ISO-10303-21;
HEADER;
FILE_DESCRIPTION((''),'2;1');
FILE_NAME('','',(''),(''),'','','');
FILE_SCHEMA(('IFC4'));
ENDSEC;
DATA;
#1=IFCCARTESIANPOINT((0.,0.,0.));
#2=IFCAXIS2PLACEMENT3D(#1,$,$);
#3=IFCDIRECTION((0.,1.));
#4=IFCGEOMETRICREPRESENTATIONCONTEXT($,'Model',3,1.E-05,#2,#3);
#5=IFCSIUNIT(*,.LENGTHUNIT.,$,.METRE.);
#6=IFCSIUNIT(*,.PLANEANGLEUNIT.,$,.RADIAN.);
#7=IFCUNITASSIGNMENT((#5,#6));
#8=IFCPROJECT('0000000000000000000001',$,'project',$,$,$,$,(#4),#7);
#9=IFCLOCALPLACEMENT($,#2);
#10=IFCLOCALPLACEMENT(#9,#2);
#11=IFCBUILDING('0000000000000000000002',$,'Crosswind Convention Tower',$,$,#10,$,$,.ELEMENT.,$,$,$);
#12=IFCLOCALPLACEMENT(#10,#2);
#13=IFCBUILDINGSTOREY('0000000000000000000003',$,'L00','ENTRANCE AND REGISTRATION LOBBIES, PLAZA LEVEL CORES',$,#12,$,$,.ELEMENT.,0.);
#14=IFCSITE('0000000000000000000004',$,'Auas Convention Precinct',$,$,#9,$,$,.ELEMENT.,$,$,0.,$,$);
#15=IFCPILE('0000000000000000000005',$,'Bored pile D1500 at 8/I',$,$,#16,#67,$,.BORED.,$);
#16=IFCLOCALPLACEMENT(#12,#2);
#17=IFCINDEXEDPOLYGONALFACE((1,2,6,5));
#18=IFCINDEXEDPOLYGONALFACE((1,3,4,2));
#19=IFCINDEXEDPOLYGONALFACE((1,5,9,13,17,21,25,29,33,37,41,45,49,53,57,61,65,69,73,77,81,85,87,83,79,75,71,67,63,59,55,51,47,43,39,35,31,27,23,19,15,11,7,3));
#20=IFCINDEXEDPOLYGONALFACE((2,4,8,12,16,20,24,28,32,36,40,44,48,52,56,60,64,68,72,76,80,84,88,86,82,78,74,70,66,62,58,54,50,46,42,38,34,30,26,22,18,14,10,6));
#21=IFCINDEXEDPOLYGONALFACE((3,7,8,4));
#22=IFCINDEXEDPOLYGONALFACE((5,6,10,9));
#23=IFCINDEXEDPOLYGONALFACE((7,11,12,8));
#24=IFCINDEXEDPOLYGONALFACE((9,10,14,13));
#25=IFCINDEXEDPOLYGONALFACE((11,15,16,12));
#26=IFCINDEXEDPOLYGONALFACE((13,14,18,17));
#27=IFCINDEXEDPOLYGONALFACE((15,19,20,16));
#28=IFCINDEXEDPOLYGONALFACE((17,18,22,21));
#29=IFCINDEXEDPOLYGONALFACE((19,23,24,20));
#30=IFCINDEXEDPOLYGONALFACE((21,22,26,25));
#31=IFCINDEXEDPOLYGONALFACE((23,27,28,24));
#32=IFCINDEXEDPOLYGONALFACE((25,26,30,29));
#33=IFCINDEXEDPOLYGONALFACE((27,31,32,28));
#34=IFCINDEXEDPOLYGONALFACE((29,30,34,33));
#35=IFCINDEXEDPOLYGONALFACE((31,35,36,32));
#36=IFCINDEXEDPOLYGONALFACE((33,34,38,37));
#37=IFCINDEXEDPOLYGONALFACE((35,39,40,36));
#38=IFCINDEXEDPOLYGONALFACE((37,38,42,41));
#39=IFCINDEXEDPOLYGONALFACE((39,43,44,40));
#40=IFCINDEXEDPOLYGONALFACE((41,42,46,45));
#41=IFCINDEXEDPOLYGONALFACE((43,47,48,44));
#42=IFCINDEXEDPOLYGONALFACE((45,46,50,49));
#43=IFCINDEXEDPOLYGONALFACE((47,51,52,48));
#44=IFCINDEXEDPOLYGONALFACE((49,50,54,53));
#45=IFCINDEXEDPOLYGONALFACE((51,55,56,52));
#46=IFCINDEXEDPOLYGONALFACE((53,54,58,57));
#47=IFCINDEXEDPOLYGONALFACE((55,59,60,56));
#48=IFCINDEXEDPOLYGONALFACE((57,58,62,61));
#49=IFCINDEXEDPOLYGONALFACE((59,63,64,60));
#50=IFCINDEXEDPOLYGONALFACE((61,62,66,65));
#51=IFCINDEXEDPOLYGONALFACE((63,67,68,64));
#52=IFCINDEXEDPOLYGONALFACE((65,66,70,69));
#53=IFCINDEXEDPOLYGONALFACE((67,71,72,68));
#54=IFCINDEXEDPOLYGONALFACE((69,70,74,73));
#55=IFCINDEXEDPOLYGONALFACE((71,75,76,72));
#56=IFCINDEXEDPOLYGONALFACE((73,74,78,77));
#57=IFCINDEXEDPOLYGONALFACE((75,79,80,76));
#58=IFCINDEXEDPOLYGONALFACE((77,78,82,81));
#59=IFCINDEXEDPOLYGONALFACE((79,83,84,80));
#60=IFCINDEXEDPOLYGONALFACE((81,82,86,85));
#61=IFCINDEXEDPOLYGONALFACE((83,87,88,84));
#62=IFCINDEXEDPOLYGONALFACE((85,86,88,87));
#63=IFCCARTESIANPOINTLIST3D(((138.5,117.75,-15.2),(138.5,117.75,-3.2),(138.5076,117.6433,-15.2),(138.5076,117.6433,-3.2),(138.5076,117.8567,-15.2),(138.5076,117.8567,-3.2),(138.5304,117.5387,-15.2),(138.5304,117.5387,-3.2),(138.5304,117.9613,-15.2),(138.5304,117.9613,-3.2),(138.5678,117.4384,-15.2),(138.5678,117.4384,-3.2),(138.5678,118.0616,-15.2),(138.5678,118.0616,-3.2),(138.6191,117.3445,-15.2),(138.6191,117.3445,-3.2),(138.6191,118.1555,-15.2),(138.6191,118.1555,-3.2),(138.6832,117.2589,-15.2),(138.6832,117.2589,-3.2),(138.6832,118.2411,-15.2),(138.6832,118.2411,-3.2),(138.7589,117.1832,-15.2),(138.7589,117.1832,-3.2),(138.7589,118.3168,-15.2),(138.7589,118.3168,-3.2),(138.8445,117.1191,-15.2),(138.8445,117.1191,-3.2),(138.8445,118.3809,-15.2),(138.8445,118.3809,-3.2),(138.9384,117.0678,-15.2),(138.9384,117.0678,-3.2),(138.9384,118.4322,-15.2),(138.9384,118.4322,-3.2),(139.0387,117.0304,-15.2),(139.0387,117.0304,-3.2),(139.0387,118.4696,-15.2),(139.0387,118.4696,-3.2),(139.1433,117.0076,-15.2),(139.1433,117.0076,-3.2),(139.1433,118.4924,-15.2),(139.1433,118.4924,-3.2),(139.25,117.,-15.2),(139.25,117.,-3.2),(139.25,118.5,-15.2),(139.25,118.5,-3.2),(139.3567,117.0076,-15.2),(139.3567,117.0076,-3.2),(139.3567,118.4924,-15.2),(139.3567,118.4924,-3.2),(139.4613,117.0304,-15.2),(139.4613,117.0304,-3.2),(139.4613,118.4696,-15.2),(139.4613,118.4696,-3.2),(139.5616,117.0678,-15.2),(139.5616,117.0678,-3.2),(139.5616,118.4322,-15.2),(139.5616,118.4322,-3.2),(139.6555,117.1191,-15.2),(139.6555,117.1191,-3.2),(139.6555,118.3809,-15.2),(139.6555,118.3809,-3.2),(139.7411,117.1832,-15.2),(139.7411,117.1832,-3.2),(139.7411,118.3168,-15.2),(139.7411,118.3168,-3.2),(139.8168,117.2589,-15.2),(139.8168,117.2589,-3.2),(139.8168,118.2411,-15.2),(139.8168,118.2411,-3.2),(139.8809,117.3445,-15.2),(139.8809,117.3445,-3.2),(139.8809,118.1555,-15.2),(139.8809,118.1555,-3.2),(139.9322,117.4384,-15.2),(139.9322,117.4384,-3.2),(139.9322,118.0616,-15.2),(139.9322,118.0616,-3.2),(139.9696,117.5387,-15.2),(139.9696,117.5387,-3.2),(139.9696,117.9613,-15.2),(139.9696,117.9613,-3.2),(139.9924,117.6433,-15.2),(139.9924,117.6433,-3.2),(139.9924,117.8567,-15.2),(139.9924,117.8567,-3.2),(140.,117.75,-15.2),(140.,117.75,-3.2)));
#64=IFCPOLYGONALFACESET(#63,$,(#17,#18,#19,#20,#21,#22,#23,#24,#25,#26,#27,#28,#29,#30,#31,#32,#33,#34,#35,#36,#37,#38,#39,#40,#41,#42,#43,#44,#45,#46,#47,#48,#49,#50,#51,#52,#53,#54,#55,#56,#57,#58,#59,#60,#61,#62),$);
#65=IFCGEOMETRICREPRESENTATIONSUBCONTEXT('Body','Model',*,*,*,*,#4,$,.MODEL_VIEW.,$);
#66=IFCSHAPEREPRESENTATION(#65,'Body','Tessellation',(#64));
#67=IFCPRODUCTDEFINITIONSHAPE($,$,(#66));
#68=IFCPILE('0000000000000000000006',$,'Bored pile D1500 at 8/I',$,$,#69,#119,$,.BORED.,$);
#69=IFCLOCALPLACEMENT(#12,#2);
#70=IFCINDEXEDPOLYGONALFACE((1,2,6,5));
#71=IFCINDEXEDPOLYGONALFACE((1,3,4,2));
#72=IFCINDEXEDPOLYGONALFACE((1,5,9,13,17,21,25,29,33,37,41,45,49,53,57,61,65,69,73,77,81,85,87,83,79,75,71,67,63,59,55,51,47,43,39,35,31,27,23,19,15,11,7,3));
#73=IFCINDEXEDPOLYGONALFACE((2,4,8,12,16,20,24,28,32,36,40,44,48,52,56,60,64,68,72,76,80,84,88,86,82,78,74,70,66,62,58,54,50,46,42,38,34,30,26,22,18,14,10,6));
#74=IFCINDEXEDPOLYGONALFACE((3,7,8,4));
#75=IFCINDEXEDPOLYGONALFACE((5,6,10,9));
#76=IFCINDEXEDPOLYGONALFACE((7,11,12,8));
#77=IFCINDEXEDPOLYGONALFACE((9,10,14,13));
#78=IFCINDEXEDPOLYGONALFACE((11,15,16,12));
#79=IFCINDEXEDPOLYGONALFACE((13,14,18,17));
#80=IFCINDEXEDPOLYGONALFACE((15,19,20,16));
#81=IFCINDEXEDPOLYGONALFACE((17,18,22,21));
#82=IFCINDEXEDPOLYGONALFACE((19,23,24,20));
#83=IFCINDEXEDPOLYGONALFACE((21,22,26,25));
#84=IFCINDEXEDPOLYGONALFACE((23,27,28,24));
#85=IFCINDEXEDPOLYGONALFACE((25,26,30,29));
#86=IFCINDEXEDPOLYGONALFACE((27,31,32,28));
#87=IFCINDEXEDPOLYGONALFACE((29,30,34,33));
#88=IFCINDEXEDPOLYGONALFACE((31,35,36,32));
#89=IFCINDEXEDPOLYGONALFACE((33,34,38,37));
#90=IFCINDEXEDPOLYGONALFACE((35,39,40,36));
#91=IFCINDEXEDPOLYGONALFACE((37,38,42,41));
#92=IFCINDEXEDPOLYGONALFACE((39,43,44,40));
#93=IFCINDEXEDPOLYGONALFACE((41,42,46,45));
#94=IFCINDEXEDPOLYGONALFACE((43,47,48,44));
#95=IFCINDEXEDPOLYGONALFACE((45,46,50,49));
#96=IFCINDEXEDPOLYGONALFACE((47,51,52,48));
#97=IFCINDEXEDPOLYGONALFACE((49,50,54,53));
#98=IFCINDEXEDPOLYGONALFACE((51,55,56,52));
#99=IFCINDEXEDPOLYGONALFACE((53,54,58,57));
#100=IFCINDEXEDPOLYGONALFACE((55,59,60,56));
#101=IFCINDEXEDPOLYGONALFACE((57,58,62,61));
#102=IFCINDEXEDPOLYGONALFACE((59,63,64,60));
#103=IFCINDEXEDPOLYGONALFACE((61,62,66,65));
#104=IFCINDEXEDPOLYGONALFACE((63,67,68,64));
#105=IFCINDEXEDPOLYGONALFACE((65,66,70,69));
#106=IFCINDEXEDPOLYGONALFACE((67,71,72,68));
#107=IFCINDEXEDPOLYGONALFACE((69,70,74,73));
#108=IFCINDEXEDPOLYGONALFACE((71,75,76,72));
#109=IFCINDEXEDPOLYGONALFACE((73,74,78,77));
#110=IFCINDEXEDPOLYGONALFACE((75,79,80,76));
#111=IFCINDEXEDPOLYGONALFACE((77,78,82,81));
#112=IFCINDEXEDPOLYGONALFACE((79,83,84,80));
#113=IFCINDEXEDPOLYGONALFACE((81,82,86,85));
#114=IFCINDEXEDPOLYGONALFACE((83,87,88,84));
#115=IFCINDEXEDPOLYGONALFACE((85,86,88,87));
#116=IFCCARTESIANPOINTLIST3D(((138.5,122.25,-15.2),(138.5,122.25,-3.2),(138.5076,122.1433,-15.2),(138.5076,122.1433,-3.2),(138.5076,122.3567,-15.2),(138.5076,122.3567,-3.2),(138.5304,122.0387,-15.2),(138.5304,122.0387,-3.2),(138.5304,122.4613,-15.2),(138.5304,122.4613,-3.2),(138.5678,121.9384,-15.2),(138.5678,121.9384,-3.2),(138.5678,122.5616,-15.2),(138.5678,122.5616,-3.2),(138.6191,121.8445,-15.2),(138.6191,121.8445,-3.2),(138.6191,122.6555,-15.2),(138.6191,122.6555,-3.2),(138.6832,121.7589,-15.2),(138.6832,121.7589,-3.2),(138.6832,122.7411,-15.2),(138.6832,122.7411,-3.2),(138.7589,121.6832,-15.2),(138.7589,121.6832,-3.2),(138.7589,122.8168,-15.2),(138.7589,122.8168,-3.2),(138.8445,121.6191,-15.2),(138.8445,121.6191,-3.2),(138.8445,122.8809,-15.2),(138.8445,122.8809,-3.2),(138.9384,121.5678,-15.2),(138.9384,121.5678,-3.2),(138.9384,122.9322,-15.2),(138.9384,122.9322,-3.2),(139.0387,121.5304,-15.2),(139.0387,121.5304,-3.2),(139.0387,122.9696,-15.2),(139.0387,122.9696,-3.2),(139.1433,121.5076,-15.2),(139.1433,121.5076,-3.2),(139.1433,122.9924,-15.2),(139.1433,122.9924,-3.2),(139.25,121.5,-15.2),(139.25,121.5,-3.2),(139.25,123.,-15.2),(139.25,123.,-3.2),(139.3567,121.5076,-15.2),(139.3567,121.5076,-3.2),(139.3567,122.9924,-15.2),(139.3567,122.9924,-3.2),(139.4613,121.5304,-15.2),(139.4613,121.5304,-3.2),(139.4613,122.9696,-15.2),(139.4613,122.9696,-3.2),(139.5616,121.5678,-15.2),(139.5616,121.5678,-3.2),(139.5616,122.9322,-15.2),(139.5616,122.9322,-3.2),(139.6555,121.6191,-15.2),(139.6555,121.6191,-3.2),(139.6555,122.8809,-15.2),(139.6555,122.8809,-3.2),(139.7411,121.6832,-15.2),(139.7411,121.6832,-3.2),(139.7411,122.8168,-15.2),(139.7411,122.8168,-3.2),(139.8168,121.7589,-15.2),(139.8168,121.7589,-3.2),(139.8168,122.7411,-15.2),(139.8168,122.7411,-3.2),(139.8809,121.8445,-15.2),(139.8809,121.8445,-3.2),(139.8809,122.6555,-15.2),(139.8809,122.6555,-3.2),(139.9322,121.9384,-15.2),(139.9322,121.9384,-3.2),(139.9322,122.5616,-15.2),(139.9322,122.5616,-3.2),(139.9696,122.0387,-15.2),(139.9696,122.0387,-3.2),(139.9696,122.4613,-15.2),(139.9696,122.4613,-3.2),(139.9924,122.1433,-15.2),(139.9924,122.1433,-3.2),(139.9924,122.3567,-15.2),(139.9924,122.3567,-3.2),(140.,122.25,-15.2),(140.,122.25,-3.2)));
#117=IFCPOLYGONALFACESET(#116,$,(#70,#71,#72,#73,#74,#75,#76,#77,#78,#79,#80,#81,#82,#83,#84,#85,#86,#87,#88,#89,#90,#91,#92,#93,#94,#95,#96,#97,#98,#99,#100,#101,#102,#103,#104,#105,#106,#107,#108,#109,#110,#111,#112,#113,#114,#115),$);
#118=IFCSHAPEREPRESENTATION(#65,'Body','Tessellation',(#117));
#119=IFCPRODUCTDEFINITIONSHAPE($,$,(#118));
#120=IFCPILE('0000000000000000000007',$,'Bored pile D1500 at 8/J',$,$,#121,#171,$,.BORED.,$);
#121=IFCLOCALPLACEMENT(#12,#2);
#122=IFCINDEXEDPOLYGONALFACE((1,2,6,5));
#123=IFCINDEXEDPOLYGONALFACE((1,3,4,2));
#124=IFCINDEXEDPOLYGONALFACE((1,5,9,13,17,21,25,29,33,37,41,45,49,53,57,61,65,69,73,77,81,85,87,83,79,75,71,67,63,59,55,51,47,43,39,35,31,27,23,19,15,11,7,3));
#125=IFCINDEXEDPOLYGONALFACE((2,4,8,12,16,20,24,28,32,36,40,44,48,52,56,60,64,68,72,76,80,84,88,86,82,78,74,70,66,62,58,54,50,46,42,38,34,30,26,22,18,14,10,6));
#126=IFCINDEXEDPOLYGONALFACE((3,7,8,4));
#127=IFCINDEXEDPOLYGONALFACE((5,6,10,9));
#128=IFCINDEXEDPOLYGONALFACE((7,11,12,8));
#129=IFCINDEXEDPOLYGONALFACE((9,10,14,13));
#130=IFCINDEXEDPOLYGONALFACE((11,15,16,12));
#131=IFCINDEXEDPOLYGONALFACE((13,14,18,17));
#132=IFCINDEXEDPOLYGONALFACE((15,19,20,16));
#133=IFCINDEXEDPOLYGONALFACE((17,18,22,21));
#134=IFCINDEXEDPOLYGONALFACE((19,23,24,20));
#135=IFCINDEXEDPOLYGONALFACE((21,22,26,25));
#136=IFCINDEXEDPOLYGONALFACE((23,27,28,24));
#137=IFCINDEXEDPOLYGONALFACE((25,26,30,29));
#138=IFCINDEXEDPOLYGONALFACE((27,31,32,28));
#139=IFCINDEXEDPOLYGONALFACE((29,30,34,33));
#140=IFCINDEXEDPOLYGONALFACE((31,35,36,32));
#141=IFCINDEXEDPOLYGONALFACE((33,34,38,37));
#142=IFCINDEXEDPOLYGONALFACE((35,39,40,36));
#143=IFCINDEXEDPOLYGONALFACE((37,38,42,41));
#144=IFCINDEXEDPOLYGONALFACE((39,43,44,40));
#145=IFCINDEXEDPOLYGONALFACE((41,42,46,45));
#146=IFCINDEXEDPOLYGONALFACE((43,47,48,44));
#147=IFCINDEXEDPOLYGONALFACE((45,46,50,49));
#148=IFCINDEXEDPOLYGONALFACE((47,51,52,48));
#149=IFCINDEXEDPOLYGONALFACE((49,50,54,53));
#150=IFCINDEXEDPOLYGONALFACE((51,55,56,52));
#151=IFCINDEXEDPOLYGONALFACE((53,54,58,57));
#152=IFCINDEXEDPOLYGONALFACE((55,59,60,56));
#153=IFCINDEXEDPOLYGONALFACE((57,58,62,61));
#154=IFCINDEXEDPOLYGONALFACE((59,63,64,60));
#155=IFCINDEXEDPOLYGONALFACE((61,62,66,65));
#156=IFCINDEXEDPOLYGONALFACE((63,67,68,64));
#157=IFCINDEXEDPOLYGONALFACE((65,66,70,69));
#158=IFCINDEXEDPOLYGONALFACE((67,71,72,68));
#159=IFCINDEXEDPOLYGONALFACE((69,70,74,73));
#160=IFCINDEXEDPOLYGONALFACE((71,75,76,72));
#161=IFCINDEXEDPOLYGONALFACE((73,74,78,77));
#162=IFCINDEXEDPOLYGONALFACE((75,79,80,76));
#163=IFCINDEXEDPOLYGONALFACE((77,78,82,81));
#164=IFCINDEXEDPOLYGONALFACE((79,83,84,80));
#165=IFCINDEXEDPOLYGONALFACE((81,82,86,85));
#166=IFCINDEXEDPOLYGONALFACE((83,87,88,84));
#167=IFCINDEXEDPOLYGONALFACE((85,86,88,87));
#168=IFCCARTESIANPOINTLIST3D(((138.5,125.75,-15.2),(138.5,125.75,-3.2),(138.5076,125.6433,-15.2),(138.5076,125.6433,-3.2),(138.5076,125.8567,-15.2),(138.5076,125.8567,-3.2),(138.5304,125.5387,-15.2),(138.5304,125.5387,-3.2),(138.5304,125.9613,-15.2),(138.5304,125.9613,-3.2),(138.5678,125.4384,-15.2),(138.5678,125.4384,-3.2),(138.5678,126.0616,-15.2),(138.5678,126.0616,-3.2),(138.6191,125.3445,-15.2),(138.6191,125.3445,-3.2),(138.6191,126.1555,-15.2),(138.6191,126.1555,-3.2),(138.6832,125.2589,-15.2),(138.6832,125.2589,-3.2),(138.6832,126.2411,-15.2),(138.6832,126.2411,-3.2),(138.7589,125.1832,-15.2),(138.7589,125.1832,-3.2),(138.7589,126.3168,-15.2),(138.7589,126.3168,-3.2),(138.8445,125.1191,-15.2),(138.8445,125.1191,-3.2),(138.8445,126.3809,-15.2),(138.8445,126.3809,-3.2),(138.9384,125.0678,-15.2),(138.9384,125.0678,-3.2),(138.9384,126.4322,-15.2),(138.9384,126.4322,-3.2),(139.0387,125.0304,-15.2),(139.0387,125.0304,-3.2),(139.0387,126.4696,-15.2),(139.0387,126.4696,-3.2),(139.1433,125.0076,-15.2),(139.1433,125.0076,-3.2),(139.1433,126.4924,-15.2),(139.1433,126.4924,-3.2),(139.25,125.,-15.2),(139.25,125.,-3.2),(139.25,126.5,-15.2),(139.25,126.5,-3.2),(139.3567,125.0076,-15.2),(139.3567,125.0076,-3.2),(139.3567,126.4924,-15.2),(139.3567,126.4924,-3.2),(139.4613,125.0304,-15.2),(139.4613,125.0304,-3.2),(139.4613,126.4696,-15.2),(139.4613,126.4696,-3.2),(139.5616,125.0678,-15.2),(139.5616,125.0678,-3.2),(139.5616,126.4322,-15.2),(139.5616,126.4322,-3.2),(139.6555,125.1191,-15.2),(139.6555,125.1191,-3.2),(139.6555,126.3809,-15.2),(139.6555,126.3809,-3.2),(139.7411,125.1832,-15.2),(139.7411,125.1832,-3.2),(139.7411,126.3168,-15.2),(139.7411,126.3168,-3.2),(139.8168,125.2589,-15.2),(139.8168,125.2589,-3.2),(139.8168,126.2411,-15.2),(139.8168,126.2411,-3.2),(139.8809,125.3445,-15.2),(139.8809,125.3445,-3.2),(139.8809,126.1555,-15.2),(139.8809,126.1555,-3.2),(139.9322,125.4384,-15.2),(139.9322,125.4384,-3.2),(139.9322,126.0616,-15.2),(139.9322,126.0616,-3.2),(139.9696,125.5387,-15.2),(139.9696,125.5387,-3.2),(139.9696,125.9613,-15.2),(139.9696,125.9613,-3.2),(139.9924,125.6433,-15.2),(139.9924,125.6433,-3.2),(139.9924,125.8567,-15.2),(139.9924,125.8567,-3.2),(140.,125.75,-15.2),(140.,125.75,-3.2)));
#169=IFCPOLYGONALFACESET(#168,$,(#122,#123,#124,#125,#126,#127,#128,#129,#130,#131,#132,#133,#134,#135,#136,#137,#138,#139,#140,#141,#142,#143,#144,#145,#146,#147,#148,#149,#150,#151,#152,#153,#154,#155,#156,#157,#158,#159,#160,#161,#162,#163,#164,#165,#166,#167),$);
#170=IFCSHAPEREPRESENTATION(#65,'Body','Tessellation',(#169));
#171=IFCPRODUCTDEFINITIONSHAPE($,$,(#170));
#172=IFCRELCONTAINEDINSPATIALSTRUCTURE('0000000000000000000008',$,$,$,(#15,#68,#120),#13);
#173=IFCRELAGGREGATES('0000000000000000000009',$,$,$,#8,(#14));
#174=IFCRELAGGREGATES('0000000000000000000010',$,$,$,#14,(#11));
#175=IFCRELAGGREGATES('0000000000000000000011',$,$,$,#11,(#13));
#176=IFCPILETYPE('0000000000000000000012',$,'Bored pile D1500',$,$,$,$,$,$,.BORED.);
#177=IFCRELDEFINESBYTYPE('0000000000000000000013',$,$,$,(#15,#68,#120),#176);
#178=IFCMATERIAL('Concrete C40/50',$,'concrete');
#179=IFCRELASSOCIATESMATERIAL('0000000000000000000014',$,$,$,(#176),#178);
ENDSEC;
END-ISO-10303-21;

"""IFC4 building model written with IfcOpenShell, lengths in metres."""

from ifc_helpers import new_model, si_unit, direction, frame, origin, origin_2d, place, context, subcontext, project, spatial, circle, extrude, material, material_profile, profile_set, type_object, element, save


model = new_model("IFC4")

# Units and contexts
model_context = context("Model", 3, precision=1e-05, world=origin(), true_north=direction((0.0, 1.0)))
body_context = subcontext(model_context, "Body", "Model", "MODEL_VIEW")
ifc_project = project(units=[si_unit("LENGTHUNIT", "METRE"), si_unit("PLANEANGLEUNIT", "RADIAN")], contexts=[model_context])

# Site, building, storey
site_placement = place(None, origin())
site = spatial("IfcSite", under=ifc_project, at=site_placement, Name="Auas Convention Precinct", CompositionType="ELEMENT", RefElevation=0.0)
building_placement = place(site_placement, origin())
building = spatial("IfcBuilding", under=site, at=building_placement, Name="Crosswind Convention Tower", CompositionType="ELEMENT")
storey_placement = place(building_placement, origin())
storey = spatial("IfcBuildingStorey", under=building, at=storey_placement, Name="L00", Description="ENTRANCE AND REGISTRATION LOBBIES, PLAZA LEVEL CORES", CompositionType="ELEMENT", Elevation=0.0)

# Piles
ifc_material_1 = material(Name="Concrete C40/50", Category="concrete")
ifc_material_profile_1 = material_profile(ifc_material_1, circle(Radius=0.75, at=origin_2d()), Name="Bored pile D1500")
ifc_profile_set_1 = profile_set([ifc_material_profile_1], Name="Concrete C40/50")
pile_type_1 = type_object("IfcPileType", Name="Bored pile D1500", PredefinedType="BORED", material=ifc_profile_set_1)
for number, where, z_axis, x_axis, name in (
    (1, (139.25, 117.75, -3.2), (0.0, 0.0, -1.0), (1.0, 0.0, 0.0), "Bored pile D1500 at 8/I"),
    (2, (139.25, 122.25, -3.2), (0.0, 0.0, -1.0), (1.0, 0.0, 0.0), "Bored pile D1500 at 8/I"),
    (3, (139.25, 125.75, -3.2), (0.0, 0.0, -1.0), (1.0, 0.0, 0.0), "Bored pile D1500 at 8/J"),
):
    element("IfcPile", number, at=place(storey_placement, frame(where, z_axis=z_axis, x_axis=x_axis)), inside=storey, type_object=pile_type_1, Name=name, PredefinedType="BORED", context=body_context, shape_type="SweptSolid", body=[
        extrude(circle(Radius=0.75, at=origin_2d()), origin(), (0.0, 0.0, 1.0), 12.0),
    ])

save(model, "model.ifc")
